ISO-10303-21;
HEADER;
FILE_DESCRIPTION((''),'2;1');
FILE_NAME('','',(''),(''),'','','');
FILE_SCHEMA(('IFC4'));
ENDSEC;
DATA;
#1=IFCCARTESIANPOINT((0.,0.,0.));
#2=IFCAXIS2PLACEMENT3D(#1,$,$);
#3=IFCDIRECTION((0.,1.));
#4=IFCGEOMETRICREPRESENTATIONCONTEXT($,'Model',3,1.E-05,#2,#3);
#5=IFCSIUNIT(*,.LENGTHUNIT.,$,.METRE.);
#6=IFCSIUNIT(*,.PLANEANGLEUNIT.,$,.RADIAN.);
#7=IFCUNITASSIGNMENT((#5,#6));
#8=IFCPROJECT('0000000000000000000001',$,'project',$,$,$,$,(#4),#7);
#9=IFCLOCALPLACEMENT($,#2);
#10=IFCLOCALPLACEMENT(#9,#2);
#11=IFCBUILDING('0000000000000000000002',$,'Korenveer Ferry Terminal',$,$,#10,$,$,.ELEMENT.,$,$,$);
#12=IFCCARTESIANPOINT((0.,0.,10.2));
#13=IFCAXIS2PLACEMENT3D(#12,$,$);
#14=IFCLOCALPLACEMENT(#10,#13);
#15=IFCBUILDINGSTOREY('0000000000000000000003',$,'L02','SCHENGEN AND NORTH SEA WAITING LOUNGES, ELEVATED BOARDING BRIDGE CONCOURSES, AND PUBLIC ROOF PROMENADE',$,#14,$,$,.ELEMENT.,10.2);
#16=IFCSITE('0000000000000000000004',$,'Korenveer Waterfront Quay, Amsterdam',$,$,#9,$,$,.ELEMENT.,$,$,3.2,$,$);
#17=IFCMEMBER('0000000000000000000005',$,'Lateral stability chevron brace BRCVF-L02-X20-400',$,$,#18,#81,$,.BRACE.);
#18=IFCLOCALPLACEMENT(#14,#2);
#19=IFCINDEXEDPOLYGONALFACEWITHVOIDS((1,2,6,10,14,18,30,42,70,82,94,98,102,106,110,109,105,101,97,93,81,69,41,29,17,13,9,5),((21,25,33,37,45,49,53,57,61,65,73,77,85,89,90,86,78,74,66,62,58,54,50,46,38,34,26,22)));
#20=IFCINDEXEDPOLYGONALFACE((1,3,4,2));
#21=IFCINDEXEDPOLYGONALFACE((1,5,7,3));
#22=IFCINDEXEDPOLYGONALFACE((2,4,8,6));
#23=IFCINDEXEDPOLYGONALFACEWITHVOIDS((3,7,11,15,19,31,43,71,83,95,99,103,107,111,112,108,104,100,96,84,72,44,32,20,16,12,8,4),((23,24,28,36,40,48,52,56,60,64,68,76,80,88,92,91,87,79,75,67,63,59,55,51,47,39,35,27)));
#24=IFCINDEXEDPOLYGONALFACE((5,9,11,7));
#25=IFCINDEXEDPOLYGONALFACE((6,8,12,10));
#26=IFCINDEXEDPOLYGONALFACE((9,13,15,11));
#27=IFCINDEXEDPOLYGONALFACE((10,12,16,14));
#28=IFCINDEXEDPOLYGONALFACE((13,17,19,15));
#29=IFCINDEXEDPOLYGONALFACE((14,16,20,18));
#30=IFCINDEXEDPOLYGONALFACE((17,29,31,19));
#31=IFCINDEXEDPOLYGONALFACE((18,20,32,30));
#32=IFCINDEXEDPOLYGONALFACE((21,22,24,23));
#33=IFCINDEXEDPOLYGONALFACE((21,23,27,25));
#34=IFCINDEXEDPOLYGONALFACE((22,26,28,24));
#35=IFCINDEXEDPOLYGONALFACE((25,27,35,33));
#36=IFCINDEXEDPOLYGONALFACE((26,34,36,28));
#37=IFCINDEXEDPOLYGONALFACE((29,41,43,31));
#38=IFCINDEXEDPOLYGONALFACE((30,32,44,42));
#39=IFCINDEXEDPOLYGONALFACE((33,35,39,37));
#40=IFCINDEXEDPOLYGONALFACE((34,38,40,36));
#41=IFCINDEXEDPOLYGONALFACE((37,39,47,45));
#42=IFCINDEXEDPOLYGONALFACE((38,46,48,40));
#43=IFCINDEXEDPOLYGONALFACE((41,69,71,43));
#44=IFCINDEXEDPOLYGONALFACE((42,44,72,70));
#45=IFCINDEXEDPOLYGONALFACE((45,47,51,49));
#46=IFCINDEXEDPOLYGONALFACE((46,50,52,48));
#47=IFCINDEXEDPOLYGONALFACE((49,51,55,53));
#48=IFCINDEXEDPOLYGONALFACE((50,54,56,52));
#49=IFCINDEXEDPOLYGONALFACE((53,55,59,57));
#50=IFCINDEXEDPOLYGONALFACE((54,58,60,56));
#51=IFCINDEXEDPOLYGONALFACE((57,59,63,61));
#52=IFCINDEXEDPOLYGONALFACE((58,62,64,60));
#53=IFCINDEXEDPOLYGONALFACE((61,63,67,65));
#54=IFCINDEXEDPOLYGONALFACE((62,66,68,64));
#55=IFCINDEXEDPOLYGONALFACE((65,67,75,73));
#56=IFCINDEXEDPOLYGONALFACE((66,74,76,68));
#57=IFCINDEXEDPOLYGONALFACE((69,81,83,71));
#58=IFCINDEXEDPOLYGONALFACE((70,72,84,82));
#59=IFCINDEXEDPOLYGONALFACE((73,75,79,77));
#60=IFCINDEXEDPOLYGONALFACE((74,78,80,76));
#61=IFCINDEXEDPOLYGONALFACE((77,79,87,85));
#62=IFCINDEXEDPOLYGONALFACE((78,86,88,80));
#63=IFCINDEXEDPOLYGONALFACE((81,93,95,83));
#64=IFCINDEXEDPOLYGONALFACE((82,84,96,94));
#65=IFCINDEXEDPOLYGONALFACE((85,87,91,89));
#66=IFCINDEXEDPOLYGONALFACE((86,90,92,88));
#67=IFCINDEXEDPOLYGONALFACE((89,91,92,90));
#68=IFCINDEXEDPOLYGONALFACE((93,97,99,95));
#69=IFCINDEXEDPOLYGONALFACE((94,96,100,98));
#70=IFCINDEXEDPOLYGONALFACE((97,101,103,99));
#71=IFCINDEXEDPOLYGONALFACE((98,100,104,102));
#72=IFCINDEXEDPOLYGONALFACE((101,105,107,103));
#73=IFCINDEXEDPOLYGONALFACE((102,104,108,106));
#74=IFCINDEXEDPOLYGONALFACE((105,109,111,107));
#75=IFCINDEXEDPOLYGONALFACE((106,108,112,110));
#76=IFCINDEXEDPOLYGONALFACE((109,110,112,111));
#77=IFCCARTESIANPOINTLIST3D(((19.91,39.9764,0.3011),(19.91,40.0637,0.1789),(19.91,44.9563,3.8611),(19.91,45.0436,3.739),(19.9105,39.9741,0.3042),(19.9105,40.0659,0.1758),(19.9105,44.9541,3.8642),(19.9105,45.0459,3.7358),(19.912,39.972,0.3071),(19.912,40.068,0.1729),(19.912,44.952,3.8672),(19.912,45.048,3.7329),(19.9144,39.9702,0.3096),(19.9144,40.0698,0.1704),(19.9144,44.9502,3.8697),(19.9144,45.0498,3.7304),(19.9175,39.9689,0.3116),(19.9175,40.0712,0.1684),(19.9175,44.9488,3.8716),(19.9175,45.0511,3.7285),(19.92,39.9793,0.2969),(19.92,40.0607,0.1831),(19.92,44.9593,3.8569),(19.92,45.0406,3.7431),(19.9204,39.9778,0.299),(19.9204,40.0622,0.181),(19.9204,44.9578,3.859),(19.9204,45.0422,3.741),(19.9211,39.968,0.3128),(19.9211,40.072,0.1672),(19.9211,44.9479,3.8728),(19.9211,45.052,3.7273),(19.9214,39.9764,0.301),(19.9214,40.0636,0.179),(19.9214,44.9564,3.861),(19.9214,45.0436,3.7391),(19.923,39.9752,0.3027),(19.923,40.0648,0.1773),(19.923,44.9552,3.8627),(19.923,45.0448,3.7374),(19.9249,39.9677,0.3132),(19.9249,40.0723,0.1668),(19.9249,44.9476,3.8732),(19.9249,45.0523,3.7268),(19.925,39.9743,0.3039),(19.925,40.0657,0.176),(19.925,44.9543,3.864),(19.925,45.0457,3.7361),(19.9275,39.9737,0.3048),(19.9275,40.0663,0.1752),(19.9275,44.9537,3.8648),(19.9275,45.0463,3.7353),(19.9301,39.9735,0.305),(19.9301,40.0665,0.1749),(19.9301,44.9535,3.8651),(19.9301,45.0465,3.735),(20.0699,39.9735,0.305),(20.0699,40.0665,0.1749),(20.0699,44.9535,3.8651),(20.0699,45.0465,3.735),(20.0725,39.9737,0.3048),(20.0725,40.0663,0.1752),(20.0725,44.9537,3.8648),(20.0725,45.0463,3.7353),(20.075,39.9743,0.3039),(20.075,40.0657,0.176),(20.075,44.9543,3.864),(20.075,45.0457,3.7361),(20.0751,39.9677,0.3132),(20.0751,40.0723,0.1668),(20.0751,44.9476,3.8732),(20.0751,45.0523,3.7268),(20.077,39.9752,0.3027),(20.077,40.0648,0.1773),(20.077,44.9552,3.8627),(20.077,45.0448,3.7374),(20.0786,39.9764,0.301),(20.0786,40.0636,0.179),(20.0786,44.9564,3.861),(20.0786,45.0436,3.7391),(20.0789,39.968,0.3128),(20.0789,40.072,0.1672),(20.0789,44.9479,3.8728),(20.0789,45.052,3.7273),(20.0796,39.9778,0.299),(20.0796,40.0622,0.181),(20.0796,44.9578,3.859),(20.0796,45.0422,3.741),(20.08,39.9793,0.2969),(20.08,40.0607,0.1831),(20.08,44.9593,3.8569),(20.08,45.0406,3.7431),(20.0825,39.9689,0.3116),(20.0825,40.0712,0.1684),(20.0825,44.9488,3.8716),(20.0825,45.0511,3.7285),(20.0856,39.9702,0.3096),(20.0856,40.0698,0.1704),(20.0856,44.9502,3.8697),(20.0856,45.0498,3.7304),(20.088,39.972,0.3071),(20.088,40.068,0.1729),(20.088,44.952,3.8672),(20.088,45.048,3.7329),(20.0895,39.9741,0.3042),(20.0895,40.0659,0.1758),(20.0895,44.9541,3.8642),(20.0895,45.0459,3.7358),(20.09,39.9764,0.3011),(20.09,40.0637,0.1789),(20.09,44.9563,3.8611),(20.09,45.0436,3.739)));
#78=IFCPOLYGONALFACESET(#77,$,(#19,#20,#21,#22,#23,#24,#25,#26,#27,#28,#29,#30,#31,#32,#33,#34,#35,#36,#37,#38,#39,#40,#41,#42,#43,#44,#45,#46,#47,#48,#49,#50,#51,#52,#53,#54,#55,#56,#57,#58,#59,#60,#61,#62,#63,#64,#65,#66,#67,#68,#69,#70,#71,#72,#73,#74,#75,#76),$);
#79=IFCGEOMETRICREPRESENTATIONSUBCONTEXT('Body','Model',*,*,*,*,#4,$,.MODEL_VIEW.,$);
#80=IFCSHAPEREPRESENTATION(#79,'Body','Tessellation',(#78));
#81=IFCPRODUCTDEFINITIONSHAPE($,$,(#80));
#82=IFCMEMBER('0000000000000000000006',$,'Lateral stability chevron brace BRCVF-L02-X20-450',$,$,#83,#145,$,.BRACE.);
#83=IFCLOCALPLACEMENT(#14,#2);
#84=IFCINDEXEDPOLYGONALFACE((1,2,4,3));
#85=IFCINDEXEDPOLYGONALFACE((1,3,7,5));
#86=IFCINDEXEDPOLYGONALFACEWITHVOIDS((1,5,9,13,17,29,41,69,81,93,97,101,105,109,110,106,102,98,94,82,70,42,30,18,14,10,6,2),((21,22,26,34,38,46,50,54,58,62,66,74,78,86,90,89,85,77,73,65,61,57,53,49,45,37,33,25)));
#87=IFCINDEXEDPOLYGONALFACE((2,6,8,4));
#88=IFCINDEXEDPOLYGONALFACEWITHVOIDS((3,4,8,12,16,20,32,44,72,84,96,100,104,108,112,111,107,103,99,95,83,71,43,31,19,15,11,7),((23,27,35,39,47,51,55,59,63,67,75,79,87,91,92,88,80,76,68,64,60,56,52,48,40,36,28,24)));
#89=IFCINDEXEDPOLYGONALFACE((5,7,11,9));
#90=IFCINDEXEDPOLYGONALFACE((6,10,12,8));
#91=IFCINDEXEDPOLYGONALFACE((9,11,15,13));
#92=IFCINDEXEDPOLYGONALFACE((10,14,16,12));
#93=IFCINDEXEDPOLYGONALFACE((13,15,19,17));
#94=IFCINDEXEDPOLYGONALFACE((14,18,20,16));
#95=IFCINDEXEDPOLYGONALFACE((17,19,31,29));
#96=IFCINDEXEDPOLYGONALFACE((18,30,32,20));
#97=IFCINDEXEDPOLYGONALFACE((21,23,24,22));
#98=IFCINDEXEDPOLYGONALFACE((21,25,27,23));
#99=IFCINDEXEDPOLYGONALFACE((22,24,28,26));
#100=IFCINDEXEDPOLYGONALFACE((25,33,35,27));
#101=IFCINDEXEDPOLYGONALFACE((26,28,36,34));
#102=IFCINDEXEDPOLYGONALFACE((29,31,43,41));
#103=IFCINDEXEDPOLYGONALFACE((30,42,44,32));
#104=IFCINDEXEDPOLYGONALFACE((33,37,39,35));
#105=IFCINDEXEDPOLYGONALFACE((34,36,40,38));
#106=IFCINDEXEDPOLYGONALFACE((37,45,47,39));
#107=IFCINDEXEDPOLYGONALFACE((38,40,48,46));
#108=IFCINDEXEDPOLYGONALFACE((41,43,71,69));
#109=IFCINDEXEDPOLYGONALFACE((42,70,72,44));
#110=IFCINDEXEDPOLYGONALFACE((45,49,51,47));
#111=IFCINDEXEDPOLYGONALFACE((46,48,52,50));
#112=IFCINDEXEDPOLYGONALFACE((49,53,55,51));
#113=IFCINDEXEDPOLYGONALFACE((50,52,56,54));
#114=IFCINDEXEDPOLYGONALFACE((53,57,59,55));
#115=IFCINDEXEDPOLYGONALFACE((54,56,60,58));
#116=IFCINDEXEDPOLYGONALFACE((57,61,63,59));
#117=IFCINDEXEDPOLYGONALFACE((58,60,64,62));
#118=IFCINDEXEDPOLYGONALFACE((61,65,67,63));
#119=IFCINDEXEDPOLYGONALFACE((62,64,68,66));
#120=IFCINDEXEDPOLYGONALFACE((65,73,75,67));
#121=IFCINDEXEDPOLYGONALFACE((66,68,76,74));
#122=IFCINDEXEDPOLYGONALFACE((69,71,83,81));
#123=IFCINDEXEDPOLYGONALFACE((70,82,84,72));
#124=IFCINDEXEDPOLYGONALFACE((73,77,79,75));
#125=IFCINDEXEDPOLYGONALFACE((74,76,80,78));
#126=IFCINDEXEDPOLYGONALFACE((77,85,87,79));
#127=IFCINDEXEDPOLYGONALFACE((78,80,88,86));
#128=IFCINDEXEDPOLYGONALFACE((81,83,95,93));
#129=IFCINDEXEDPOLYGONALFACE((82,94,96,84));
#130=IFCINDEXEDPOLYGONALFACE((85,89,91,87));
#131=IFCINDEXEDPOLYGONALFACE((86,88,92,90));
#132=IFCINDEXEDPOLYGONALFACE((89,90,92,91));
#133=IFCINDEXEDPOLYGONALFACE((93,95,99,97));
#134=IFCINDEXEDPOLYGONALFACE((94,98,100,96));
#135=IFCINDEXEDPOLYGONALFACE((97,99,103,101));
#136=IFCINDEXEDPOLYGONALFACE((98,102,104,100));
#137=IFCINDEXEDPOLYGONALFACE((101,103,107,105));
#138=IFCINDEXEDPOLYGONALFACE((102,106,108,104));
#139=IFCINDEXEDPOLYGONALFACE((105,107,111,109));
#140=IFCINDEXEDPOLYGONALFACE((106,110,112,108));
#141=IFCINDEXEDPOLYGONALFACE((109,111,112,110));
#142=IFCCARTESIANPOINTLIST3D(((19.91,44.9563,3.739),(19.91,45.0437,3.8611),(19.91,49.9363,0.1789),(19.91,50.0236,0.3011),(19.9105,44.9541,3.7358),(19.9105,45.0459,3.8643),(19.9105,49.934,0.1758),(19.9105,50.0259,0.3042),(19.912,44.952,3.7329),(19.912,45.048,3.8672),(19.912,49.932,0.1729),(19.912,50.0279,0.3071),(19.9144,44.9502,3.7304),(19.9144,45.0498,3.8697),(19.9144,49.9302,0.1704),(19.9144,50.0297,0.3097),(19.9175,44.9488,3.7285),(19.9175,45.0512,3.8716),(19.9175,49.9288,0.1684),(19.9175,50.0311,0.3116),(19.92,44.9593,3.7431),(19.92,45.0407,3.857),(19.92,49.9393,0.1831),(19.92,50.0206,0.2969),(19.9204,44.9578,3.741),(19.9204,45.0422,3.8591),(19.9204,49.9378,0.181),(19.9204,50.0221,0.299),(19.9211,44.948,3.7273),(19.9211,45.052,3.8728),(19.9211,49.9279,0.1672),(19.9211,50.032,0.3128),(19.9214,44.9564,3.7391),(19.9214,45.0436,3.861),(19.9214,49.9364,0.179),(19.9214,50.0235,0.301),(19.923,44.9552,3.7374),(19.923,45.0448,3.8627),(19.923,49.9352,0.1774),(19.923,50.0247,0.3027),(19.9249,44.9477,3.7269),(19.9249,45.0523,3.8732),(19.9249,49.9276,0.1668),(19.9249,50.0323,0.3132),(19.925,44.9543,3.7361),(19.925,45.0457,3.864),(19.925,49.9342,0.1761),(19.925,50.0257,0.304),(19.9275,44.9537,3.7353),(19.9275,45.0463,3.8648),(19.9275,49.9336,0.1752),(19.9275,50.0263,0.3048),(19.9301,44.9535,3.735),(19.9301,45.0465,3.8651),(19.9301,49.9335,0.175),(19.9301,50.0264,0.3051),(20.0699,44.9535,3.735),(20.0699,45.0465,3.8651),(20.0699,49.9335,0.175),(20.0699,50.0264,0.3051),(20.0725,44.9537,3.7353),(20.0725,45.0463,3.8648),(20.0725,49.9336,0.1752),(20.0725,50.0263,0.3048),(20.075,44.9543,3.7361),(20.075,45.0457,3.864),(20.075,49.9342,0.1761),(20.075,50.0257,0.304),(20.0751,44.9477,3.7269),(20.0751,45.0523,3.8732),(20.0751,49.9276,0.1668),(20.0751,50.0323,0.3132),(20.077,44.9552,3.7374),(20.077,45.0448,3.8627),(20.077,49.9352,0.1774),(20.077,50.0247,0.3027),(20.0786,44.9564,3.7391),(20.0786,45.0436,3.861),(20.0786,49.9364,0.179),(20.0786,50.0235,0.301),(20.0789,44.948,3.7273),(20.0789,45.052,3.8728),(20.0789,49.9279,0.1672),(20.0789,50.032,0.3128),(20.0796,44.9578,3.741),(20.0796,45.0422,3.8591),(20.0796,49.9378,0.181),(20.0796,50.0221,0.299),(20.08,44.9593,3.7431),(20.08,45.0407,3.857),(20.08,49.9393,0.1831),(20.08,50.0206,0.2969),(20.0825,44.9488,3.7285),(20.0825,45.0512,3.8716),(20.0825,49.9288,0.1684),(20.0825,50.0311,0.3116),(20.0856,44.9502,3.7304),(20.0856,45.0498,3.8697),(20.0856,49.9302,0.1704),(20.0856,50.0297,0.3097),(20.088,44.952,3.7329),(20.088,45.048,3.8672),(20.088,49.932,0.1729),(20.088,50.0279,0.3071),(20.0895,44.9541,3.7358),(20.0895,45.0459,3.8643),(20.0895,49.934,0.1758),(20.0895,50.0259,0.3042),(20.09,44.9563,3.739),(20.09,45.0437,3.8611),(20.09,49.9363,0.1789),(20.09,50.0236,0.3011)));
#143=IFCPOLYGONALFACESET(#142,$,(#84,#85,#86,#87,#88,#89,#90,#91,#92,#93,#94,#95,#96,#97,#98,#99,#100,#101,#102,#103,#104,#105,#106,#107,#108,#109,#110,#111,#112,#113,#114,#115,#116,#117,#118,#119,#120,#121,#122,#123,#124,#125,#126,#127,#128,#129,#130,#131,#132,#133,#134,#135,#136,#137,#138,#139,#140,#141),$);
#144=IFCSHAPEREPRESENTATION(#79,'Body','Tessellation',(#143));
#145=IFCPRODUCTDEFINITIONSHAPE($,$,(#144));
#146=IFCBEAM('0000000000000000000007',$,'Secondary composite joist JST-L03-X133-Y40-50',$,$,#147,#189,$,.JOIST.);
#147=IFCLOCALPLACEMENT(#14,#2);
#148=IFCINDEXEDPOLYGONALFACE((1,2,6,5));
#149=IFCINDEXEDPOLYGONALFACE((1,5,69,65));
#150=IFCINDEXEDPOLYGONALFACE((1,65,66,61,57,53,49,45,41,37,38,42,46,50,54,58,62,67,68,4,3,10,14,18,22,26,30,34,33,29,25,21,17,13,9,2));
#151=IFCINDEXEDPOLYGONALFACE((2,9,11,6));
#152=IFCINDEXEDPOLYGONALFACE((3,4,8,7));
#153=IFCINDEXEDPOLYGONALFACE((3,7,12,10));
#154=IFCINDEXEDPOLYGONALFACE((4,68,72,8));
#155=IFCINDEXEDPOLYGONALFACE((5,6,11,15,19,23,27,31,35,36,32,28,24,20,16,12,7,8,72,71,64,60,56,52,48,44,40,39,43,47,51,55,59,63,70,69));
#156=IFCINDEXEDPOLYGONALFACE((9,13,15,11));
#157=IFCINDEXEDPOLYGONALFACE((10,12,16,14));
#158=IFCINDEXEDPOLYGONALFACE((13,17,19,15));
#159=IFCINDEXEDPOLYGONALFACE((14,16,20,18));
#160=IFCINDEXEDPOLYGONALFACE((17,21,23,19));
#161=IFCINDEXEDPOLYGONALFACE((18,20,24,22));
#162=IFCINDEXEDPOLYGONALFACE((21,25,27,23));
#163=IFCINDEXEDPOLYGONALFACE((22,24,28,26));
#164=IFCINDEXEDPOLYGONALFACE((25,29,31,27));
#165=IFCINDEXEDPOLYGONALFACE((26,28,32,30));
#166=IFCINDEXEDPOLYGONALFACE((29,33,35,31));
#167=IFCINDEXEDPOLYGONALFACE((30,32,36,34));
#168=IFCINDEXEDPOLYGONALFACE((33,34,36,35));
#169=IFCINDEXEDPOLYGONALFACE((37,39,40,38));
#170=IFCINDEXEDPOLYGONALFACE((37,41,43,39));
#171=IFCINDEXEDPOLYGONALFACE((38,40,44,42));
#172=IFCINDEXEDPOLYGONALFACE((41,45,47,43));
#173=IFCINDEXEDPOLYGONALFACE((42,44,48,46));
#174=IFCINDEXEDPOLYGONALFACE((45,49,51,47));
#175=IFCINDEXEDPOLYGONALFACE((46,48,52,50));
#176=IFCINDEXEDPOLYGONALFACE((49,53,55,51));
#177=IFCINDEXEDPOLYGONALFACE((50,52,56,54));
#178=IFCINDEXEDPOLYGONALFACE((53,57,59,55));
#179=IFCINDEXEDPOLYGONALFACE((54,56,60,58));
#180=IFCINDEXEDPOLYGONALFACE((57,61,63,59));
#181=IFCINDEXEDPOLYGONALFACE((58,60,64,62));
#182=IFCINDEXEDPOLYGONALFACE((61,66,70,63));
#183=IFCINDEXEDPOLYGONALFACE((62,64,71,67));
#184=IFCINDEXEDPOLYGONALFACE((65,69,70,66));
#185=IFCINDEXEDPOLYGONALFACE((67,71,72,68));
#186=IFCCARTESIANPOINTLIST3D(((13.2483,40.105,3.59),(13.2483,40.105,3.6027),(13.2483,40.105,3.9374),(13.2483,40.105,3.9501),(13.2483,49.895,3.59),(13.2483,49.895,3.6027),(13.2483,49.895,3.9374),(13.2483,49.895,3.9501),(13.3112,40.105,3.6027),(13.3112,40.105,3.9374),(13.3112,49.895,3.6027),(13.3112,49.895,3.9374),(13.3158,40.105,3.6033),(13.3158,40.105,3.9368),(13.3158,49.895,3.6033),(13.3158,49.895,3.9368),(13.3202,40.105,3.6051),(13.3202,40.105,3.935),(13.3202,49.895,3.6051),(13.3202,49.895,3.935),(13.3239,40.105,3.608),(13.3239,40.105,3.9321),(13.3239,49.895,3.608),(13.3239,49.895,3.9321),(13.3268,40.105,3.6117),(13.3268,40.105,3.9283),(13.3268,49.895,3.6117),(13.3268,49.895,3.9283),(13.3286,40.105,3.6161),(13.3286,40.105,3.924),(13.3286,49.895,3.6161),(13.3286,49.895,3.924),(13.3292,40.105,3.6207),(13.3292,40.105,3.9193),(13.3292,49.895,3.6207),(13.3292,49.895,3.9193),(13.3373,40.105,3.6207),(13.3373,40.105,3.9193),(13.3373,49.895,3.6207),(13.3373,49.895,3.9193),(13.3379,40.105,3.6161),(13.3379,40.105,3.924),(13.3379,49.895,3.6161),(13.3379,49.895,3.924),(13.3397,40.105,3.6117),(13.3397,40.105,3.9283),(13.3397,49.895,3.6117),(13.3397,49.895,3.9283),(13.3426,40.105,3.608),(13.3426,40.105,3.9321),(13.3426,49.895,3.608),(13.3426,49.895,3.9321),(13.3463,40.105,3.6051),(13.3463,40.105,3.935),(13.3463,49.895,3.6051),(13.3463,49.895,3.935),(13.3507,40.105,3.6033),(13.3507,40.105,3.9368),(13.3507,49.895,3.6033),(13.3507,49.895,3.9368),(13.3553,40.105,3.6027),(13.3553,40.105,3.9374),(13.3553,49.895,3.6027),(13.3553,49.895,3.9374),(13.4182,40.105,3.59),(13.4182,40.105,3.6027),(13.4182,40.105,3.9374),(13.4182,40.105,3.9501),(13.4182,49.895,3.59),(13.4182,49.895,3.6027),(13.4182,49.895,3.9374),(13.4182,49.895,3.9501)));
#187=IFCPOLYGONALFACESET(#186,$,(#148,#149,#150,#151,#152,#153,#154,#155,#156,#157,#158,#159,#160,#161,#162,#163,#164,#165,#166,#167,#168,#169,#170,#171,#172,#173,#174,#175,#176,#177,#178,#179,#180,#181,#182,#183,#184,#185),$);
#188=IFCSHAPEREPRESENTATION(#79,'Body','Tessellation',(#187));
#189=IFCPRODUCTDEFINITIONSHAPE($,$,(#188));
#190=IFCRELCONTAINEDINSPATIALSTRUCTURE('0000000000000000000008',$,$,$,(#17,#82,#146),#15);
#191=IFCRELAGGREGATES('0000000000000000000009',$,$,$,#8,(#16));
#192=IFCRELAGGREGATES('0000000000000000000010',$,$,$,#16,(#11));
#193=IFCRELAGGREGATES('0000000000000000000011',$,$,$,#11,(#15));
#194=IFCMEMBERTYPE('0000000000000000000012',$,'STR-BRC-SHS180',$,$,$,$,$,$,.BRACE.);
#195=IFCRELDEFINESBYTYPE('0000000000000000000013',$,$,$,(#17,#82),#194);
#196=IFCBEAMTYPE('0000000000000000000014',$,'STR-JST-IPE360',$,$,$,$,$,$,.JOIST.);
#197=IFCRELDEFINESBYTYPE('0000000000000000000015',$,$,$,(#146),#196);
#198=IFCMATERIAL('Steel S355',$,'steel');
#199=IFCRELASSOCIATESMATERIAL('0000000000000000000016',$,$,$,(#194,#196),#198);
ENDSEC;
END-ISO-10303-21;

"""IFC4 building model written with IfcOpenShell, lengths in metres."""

from ifc_helpers import new_model, si_unit, direction, frame, origin, origin_2d, place, context, subcontext, project, spatial, hollow_rectangle, i_section, extrude, material, material_profile, profile_set, type_object, element, save


model = new_model("IFC4")

# Units and contexts
model_context = context("Model", 3, precision=1e-05, world=origin(), true_north=direction((0.0, 1.0)))
body_context = subcontext(model_context, "Body", "Model", "MODEL_VIEW")
ifc_project = project(units=[si_unit("LENGTHUNIT", "METRE"), si_unit("PLANEANGLEUNIT", "RADIAN")], contexts=[model_context])

# Site, building, storey
site_placement = place(None, origin())
site = spatial("IfcSite", under=ifc_project, at=site_placement, Name="Korenveer Waterfront Quay, Amsterdam", CompositionType="ELEMENT", RefElevation=3.2)
building_placement = place(site_placement, origin())
building = spatial("IfcBuilding", under=site, at=building_placement, Name="Korenveer Ferry Terminal", CompositionType="ELEMENT")
storey_placement = place(building_placement, frame((0.0, 0.0, 10.2)))
storey = spatial("IfcBuildingStorey", under=building, at=storey_placement, Name="L02", Description="SCHENGEN AND NORTH SEA WAITING LOUNGES, ELEVATED BOARDING BRIDGE CONCOURSES, AND PUBLIC ROOF PROMENADE", CompositionType="ELEMENT", Elevation=10.2)

# Shared definitions
ifc_material_1 = material(Name="Steel S355", Category="steel")

# Members
ifc_material_profile_1 = material_profile(ifc_material_1, hollow_rectangle(XDim=0.1799, YDim=0.1799, WallThickness=0.01, InnerFilletRadius=0.01, OuterFilletRadius=0.0149, at=origin_2d()), Name="SHS 180x180x10")
ifc_profile_set_1 = profile_set([ifc_material_profile_1], Name="Steel S355")
member_type_1 = type_object("IfcMemberType", Name="STR-BRC-SHS180", PredefinedType="BRACE", material=ifc_profile_set_1)
for number, where, z_axis, x_axis, name in (
    (1, (20.0, 40.02, 0.24), (0.0, 0.813507, 0.581555), (-1.0, 0.0, 0.0), "Lateral stability chevron brace BRCVF-L02-X20-400"),
    (2, (20.0, 45.0, 3.8), (0.0, 0.813507, -0.581555), (-1.0, 0.0, 0.0), "Lateral stability chevron brace BRCVF-L02-X20-450"),
):
    element("IfcMember", number, at=place(storey_placement, frame(where, z_axis=z_axis, x_axis=x_axis)), inside=storey, type_object=member_type_1, Name=name, PredefinedType="BRACE", context=body_context, shape_type="SweptSolid", body=[
        extrude(hollow_rectangle(XDim=0.1799, YDim=0.1799, WallThickness=0.01, InnerFilletRadius=0.01, OuterFilletRadius=0.0149, at=origin_2d()), origin(), (0.0, 0.0, 1.0), 6.1216),
    ])

# Beam
ifc_material_profile_2 = material_profile(ifc_material_1, i_section(OverallWidth=0.1699, OverallDepth=0.3601, WebThickness=0.0081, FlangeThickness=0.0127, FilletRadius=0.0181, at=origin_2d()), Name="IPE 360")
ifc_profile_set_2 = profile_set([ifc_material_profile_2], Name="Steel S355")
beam_type_1 = type_object("IfcBeamType", Name="STR-JST-IPE360", PredefinedType="JOIST", material=ifc_profile_set_2)
for number, where, z_axis, x_axis, name in (
    (3, (13.3333, 40.105, 3.77), (0.0, 1.0, 0.0), (-1.0, 0.0, 0.0), "Secondary composite joist JST-L03-X133-Y40-50"),
):
    element("IfcBeam", number, at=place(storey_placement, frame(where, z_axis=z_axis, x_axis=x_axis)), inside=storey, type_object=beam_type_1, Name=name, PredefinedType="JOIST", context=body_context, shape_type="SweptSolid", body=[
        extrude(i_section(OverallWidth=0.1699, OverallDepth=0.3601, WebThickness=0.0081, FlangeThickness=0.0127, FilletRadius=0.0181, at=origin_2d()), origin(), (0.0, 0.0, 1.0), 9.79),
    ])

save(model, "model.ifc")
